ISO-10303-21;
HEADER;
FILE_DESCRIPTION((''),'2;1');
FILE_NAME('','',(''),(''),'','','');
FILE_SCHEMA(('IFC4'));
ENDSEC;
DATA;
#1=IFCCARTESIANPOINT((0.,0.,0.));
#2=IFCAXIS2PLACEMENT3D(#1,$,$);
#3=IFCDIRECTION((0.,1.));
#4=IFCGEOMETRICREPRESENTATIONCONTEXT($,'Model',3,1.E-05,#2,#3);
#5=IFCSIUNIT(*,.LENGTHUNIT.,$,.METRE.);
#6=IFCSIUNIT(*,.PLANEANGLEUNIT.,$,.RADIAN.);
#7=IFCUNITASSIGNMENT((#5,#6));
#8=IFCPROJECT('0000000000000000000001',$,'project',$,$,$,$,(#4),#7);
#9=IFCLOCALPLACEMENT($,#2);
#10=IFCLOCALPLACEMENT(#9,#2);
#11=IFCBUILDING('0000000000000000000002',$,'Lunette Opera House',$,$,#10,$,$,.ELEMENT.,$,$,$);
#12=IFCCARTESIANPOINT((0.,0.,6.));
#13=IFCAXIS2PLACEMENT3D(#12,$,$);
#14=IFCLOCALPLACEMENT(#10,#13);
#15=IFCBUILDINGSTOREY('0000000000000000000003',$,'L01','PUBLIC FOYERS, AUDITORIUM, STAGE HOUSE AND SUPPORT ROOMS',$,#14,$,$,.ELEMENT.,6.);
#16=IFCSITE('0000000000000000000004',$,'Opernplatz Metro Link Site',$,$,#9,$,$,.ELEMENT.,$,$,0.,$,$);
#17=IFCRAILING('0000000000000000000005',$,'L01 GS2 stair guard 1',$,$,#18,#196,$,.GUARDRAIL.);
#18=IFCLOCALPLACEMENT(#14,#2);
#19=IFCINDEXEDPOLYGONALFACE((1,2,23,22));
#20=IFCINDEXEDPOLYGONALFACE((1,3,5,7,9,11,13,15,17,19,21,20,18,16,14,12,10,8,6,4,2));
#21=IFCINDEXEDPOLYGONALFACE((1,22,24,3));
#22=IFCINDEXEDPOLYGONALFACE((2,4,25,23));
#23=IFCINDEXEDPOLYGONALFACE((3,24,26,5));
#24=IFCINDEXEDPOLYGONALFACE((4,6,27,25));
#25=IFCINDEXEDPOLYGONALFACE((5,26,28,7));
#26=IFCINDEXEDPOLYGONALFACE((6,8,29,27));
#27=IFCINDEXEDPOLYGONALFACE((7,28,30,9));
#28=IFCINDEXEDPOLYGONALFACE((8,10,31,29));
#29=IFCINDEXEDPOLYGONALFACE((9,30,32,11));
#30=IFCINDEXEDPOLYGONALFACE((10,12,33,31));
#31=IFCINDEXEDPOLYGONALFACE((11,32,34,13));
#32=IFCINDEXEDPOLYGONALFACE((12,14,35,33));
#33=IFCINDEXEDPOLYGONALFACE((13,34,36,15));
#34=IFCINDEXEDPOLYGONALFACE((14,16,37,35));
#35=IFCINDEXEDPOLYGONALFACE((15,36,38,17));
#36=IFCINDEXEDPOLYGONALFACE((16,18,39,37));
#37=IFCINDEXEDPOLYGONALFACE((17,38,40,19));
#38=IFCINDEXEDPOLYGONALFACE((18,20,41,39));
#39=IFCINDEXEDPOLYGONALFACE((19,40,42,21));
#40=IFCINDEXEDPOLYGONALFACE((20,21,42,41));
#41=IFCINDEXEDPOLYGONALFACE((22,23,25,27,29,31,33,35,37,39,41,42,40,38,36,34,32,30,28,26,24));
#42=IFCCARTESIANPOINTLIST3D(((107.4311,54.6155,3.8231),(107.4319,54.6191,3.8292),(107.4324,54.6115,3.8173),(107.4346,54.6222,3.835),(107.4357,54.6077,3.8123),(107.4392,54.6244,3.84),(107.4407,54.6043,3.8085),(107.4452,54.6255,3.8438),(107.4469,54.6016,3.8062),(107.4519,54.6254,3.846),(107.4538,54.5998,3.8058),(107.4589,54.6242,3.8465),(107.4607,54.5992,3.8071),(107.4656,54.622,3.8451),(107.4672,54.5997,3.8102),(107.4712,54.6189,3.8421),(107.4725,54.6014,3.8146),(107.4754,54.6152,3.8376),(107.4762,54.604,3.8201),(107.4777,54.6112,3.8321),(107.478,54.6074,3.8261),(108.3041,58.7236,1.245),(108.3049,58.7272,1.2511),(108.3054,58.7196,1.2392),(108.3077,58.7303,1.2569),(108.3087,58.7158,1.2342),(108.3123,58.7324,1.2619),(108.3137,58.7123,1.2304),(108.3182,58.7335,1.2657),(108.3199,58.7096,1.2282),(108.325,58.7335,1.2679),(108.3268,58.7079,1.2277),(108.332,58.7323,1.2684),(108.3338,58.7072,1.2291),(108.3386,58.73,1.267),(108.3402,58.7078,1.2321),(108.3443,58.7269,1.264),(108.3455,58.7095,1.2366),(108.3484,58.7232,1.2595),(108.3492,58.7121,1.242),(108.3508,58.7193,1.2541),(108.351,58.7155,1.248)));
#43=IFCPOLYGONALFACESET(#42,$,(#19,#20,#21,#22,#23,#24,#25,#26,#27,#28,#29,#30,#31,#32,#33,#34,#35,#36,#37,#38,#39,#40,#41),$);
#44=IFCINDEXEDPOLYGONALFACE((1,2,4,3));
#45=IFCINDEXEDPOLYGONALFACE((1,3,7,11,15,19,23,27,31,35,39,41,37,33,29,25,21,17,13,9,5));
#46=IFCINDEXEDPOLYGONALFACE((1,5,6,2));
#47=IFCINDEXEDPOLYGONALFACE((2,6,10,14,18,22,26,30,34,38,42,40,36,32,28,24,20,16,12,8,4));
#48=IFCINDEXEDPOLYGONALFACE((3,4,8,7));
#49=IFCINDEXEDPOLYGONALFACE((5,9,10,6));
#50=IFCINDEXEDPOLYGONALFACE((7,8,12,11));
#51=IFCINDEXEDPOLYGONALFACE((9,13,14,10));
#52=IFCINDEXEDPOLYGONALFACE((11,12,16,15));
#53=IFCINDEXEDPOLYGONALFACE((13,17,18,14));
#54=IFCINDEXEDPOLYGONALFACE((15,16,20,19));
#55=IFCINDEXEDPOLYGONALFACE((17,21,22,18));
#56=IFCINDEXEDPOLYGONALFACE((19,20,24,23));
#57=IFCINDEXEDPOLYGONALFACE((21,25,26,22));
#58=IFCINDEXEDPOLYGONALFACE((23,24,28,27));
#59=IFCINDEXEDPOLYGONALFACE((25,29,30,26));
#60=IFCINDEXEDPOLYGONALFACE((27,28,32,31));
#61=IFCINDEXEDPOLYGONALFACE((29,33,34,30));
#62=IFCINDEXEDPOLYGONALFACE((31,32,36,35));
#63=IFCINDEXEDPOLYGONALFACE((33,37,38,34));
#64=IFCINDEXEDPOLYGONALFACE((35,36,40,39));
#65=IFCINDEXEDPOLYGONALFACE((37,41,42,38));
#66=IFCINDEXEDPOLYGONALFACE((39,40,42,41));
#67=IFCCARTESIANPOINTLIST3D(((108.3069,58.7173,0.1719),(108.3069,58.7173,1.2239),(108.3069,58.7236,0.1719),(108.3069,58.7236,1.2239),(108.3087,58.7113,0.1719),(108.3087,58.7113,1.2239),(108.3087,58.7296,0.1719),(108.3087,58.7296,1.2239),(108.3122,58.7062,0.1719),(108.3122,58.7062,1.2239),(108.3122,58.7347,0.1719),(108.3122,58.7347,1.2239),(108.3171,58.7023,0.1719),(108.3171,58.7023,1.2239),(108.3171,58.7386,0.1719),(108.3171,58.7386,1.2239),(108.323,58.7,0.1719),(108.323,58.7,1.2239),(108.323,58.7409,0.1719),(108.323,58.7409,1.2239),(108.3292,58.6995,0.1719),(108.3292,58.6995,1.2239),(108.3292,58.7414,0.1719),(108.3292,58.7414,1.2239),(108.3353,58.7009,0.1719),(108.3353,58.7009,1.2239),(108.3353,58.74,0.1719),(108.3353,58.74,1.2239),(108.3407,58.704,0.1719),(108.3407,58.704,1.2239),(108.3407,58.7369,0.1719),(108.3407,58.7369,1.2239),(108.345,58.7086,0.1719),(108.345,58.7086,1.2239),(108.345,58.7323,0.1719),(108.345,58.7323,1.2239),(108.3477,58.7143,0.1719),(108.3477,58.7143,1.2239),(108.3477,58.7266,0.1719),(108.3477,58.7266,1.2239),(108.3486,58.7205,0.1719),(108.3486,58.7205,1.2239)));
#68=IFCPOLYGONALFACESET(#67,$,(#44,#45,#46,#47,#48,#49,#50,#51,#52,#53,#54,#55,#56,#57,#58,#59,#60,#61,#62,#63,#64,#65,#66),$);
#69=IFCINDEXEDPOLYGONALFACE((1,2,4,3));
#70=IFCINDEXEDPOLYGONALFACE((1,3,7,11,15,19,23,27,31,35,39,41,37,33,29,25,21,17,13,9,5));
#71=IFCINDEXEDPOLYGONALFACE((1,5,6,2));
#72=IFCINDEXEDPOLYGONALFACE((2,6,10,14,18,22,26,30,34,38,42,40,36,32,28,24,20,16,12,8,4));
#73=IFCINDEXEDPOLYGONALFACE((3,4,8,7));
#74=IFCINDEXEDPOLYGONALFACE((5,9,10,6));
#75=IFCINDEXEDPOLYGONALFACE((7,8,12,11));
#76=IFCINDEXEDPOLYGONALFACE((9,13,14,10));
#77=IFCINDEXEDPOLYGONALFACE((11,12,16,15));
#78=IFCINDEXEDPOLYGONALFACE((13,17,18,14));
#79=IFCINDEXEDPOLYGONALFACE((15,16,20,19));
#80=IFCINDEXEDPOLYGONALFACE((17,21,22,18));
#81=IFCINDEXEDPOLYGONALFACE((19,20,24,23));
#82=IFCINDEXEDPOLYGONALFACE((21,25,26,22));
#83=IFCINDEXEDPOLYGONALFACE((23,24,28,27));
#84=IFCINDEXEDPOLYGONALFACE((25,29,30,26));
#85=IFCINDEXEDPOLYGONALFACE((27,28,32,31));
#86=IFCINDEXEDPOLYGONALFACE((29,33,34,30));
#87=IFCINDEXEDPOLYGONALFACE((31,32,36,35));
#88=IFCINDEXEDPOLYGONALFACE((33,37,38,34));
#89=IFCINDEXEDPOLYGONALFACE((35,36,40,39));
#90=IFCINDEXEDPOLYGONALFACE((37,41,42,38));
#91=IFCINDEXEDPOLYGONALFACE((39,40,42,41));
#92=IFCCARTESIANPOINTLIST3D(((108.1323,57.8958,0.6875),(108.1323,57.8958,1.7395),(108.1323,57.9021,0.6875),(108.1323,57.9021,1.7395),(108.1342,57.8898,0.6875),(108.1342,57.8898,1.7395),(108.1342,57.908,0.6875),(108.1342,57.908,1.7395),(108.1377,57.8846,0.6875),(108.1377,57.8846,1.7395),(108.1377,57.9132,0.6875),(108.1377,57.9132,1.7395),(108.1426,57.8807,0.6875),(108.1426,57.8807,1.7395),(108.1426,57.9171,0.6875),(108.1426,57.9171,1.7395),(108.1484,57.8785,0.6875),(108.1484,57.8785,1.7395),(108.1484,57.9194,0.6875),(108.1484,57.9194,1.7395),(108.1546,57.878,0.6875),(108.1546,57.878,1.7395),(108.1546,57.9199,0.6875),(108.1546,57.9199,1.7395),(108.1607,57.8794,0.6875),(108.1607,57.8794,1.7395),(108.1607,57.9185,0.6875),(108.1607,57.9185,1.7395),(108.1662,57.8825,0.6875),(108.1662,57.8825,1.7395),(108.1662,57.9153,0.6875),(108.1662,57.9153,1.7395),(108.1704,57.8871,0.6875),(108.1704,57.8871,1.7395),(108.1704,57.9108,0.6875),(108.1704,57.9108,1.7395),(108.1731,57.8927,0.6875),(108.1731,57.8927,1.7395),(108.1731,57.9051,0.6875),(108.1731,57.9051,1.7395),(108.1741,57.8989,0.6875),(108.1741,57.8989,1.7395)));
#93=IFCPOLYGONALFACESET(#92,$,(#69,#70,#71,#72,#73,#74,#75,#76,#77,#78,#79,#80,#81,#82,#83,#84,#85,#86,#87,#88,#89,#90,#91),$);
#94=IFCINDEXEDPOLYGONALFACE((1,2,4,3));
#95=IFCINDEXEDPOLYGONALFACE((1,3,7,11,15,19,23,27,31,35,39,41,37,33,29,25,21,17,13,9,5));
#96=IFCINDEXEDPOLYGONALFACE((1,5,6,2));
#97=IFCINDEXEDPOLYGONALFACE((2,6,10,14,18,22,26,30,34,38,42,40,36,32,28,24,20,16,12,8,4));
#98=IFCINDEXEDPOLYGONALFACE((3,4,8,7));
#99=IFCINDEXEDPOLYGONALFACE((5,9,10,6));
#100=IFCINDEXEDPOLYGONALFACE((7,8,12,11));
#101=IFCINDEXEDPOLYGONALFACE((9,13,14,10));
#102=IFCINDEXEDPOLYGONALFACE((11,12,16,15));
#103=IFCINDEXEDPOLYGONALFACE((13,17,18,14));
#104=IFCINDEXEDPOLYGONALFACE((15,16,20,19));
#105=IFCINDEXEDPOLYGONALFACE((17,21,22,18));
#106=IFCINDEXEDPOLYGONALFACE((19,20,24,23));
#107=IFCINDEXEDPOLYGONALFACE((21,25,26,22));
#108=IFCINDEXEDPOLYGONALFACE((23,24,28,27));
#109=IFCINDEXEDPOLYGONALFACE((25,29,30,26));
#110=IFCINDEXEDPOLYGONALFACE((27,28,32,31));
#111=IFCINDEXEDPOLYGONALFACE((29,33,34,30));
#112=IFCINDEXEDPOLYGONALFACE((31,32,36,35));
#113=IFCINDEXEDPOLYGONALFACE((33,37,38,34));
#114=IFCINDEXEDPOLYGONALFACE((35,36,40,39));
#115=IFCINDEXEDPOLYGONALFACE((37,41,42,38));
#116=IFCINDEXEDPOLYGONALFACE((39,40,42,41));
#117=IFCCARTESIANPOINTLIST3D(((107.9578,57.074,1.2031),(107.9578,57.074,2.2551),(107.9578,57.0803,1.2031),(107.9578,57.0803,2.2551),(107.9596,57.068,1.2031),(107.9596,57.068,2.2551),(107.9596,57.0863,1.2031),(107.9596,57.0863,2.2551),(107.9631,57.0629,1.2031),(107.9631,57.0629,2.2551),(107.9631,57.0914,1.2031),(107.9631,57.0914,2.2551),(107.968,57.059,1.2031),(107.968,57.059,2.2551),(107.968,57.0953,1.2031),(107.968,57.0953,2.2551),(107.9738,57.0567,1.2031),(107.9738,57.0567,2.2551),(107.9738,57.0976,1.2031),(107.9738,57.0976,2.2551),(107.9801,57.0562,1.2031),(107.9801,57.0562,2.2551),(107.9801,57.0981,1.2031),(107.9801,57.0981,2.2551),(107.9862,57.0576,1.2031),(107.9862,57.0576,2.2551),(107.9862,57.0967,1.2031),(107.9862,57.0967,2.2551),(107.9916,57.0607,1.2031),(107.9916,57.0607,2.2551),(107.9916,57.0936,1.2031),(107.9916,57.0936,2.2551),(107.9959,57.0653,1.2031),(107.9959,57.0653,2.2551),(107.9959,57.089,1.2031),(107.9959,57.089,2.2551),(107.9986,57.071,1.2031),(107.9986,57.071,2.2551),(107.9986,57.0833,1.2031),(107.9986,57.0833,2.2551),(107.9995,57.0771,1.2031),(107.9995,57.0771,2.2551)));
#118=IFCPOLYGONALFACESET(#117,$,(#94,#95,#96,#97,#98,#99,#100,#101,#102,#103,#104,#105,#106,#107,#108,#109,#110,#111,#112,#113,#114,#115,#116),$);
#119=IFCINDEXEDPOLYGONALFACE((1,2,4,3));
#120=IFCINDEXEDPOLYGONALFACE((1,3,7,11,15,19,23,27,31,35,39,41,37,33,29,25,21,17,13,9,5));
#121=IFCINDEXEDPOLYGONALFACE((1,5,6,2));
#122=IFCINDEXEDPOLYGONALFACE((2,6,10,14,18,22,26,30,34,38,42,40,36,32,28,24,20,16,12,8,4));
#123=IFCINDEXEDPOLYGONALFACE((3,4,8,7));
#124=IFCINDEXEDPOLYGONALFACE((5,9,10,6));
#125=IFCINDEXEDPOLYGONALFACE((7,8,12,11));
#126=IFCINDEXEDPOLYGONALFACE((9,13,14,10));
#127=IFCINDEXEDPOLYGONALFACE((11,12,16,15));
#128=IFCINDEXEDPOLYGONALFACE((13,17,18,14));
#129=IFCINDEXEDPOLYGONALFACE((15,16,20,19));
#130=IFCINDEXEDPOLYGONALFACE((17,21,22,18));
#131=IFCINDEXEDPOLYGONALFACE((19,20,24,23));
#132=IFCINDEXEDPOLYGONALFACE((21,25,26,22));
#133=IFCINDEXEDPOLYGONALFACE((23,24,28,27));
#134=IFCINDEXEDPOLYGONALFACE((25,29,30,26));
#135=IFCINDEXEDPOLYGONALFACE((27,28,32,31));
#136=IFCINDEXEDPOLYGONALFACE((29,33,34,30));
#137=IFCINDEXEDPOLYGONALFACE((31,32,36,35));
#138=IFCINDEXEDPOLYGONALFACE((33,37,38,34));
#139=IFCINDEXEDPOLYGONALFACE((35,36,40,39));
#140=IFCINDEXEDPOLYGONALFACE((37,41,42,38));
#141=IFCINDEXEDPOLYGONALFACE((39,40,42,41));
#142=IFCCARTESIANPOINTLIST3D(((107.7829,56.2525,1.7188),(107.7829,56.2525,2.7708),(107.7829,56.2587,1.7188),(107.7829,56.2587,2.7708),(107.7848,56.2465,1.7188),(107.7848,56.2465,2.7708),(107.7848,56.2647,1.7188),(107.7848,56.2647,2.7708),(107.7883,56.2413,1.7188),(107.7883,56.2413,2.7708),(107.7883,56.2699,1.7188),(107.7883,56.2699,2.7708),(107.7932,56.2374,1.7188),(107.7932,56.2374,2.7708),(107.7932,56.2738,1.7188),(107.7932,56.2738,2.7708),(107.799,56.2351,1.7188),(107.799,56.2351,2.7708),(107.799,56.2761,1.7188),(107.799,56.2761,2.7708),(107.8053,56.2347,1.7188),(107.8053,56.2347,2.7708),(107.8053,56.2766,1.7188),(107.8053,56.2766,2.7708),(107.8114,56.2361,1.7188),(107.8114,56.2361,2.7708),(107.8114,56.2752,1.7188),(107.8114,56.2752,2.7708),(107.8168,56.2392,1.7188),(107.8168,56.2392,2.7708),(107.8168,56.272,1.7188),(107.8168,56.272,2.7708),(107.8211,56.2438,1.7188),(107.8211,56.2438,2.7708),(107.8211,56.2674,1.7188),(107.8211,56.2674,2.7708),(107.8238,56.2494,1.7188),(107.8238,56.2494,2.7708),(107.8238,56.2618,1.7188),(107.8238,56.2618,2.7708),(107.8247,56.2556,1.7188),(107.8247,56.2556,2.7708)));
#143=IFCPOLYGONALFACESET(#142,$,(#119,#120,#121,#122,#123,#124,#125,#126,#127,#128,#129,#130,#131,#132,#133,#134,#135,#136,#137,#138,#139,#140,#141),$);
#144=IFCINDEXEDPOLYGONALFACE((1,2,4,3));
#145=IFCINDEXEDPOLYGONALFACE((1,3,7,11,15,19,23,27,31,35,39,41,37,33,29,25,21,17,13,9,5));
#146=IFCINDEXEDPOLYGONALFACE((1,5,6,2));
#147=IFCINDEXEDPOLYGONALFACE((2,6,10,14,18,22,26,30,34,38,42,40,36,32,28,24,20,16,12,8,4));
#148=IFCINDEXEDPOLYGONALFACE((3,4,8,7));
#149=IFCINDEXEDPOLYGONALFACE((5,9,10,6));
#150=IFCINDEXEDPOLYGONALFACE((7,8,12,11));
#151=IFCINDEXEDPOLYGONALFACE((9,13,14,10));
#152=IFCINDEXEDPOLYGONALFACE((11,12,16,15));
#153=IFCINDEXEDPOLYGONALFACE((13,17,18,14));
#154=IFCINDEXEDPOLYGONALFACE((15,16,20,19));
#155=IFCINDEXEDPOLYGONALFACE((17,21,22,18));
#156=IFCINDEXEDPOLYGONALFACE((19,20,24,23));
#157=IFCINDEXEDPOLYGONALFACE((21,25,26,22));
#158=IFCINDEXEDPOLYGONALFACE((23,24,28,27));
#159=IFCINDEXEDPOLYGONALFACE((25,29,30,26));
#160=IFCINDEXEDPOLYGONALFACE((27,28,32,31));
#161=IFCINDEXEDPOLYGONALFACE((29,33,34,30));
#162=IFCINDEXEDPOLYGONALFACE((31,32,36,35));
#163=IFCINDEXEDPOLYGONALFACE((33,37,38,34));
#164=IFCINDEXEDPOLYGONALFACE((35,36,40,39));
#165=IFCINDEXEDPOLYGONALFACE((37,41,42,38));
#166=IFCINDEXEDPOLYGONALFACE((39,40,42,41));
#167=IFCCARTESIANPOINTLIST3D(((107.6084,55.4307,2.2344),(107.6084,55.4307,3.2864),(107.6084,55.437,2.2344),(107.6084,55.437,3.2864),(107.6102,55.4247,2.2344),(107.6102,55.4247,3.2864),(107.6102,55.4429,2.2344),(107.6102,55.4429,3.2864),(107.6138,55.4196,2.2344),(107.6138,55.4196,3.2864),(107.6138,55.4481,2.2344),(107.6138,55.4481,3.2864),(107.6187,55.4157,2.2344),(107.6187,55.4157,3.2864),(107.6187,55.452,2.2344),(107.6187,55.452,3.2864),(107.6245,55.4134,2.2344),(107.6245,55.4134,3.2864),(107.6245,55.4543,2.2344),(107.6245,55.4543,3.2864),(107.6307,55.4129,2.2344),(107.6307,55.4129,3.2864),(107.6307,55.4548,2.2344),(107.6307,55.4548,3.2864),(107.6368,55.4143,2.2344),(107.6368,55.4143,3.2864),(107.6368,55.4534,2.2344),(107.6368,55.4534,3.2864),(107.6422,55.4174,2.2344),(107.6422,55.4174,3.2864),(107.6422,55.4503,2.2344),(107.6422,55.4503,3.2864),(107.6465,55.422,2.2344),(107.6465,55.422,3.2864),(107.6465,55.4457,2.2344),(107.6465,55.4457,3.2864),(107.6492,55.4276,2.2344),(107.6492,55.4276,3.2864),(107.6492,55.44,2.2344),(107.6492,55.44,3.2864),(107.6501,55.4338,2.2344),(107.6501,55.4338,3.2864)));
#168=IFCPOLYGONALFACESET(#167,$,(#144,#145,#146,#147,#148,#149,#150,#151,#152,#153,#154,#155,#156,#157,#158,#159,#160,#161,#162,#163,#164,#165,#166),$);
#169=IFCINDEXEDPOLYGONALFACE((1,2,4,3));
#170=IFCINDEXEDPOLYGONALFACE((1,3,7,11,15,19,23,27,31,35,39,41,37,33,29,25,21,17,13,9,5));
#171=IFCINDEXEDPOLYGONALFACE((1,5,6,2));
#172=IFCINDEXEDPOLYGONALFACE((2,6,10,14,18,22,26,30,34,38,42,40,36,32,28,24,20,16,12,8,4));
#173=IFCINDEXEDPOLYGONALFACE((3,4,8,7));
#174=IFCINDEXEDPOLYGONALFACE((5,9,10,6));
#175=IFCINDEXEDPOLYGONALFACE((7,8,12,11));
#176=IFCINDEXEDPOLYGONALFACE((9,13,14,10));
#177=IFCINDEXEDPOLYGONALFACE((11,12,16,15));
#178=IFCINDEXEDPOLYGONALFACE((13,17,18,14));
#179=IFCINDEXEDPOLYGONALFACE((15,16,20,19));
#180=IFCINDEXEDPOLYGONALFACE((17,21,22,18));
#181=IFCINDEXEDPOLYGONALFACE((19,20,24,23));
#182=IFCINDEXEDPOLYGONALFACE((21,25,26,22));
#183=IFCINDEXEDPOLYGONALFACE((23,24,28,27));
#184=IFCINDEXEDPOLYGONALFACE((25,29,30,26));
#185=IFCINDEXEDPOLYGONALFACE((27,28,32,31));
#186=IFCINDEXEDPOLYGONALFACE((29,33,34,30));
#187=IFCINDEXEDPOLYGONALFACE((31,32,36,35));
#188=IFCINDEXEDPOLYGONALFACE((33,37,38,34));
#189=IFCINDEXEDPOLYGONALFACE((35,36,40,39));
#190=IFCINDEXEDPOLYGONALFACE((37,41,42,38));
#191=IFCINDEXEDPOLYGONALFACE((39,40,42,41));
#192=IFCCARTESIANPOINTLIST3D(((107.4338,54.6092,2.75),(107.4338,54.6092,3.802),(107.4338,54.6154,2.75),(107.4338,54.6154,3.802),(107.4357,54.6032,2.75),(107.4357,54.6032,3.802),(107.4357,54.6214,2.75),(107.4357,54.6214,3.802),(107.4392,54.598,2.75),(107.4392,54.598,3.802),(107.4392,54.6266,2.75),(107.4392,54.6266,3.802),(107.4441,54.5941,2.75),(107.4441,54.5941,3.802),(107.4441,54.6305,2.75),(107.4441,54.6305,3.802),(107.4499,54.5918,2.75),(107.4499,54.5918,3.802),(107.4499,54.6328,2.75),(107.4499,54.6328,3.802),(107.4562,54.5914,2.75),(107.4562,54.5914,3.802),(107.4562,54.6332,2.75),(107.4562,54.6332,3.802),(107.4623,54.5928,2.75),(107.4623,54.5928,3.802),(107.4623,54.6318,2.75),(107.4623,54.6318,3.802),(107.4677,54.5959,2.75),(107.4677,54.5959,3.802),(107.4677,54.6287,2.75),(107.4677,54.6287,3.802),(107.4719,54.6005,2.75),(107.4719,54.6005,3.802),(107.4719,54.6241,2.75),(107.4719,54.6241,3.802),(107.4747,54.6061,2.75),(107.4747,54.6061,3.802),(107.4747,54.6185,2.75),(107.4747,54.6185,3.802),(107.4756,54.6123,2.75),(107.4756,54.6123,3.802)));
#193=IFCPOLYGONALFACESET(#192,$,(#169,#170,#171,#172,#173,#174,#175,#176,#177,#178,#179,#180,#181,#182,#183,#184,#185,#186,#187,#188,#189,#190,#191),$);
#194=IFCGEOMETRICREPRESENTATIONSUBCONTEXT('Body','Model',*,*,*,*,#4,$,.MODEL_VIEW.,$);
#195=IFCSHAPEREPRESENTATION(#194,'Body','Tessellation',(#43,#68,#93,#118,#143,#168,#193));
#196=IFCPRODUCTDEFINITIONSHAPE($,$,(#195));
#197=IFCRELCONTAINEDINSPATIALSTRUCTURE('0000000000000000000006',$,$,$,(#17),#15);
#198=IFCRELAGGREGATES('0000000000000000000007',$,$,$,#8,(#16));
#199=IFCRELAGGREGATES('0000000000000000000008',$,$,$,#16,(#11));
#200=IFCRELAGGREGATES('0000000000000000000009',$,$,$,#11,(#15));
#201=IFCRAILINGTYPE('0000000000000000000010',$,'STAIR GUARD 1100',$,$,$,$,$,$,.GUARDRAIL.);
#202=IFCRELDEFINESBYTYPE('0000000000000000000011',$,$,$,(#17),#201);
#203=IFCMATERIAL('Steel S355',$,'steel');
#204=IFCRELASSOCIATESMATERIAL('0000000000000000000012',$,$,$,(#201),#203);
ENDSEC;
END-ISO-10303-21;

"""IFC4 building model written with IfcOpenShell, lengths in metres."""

from ifc_helpers import new_model, si_unit, direction, frame, origin, origin_2d, place, context, subcontext, project, spatial, circle, extrude, material, type_object, element, save


model = new_model("IFC4")

# Units and contexts
model_context = context("Model", 3, precision=1e-05, world=origin(), true_north=direction((0.0, 1.0)))
body_context = subcontext(model_context, "Body", "Model", "MODEL_VIEW")
ifc_project = project(units=[si_unit("LENGTHUNIT", "METRE"), si_unit("PLANEANGLEUNIT", "RADIAN")], contexts=[model_context])

# Site, building, storey
site_placement = place(None, origin())
site = spatial("IfcSite", under=ifc_project, at=site_placement, Name="Opernplatz Metro Link Site", CompositionType="ELEMENT", RefElevation=0.0)
building_placement = place(site_placement, origin())
building = spatial("IfcBuilding", under=site, at=building_placement, Name="Lunette Opera House", CompositionType="ELEMENT")
storey_placement = place(building_placement, frame((0.0, 0.0, 6.0)))
storey = spatial("IfcBuildingStorey", under=building, at=storey_placement, Name="L01", Description="PUBLIC FOYERS, AUDITORIUM, STAGE HOUSE AND SUPPORT ROOMS", CompositionType="ELEMENT", Elevation=6.0)

# Railing
ifc_material_1 = material(Name="Steel S355", Category="steel")
railing_type_1 = type_object("IfcRailingType", Name="STAIR GUARD 1100", PredefinedType="GUARDRAIL", material=ifc_material_1)
railing_1_placement = place(storey_placement, frame((108.3276, 58.7205, 0.1719)))
element("IfcRailing", 1, at=railing_1_placement, inside=storey, type_object=railing_type_1, Name="L01 GS2 stair guard 1", PredefinedType="GUARDRAIL", context=body_context, shape_type="SweptSolid", body=[
    extrude(circle(Radius=0.0239, at=origin_2d()), frame((0.0, 0.0, 1.0762), z_axis=(-0.177158, -0.833623, 0.523151), x_axis=(0.978156, -0.207873, 0.0)), (0.0, 0.0, 1.0), 4.928),
    extrude(circle(Radius=0.021, at=origin_2d()), origin(), (0.0, 0.0, 1.0), 1.052),
    extrude(circle(Radius=0.021, at=origin_2d()), frame((-0.1746, -0.8215, 0.5156)), (0.0, 0.0, 1.0), 1.052),
    extrude(circle(Radius=0.021, at=origin_2d()), frame((-0.3491, -1.6433, 1.0312)), (0.0, 0.0, 1.0), 1.052),
    extrude(circle(Radius=0.021, at=origin_2d()), frame((-0.5239, -2.4648, 1.5469)), (0.0, 0.0, 1.0), 1.052),
    extrude(circle(Radius=0.021, at=origin_2d()), frame((-0.6985, -3.2866, 2.0625)), (0.0, 0.0, 1.0), 1.052),
    extrude(circle(Radius=0.021, at=origin_2d()), frame((-0.873, -4.1082, 2.5781)), (0.0, 0.0, 1.0), 1.052),
])

save(model, "model.ifc")
